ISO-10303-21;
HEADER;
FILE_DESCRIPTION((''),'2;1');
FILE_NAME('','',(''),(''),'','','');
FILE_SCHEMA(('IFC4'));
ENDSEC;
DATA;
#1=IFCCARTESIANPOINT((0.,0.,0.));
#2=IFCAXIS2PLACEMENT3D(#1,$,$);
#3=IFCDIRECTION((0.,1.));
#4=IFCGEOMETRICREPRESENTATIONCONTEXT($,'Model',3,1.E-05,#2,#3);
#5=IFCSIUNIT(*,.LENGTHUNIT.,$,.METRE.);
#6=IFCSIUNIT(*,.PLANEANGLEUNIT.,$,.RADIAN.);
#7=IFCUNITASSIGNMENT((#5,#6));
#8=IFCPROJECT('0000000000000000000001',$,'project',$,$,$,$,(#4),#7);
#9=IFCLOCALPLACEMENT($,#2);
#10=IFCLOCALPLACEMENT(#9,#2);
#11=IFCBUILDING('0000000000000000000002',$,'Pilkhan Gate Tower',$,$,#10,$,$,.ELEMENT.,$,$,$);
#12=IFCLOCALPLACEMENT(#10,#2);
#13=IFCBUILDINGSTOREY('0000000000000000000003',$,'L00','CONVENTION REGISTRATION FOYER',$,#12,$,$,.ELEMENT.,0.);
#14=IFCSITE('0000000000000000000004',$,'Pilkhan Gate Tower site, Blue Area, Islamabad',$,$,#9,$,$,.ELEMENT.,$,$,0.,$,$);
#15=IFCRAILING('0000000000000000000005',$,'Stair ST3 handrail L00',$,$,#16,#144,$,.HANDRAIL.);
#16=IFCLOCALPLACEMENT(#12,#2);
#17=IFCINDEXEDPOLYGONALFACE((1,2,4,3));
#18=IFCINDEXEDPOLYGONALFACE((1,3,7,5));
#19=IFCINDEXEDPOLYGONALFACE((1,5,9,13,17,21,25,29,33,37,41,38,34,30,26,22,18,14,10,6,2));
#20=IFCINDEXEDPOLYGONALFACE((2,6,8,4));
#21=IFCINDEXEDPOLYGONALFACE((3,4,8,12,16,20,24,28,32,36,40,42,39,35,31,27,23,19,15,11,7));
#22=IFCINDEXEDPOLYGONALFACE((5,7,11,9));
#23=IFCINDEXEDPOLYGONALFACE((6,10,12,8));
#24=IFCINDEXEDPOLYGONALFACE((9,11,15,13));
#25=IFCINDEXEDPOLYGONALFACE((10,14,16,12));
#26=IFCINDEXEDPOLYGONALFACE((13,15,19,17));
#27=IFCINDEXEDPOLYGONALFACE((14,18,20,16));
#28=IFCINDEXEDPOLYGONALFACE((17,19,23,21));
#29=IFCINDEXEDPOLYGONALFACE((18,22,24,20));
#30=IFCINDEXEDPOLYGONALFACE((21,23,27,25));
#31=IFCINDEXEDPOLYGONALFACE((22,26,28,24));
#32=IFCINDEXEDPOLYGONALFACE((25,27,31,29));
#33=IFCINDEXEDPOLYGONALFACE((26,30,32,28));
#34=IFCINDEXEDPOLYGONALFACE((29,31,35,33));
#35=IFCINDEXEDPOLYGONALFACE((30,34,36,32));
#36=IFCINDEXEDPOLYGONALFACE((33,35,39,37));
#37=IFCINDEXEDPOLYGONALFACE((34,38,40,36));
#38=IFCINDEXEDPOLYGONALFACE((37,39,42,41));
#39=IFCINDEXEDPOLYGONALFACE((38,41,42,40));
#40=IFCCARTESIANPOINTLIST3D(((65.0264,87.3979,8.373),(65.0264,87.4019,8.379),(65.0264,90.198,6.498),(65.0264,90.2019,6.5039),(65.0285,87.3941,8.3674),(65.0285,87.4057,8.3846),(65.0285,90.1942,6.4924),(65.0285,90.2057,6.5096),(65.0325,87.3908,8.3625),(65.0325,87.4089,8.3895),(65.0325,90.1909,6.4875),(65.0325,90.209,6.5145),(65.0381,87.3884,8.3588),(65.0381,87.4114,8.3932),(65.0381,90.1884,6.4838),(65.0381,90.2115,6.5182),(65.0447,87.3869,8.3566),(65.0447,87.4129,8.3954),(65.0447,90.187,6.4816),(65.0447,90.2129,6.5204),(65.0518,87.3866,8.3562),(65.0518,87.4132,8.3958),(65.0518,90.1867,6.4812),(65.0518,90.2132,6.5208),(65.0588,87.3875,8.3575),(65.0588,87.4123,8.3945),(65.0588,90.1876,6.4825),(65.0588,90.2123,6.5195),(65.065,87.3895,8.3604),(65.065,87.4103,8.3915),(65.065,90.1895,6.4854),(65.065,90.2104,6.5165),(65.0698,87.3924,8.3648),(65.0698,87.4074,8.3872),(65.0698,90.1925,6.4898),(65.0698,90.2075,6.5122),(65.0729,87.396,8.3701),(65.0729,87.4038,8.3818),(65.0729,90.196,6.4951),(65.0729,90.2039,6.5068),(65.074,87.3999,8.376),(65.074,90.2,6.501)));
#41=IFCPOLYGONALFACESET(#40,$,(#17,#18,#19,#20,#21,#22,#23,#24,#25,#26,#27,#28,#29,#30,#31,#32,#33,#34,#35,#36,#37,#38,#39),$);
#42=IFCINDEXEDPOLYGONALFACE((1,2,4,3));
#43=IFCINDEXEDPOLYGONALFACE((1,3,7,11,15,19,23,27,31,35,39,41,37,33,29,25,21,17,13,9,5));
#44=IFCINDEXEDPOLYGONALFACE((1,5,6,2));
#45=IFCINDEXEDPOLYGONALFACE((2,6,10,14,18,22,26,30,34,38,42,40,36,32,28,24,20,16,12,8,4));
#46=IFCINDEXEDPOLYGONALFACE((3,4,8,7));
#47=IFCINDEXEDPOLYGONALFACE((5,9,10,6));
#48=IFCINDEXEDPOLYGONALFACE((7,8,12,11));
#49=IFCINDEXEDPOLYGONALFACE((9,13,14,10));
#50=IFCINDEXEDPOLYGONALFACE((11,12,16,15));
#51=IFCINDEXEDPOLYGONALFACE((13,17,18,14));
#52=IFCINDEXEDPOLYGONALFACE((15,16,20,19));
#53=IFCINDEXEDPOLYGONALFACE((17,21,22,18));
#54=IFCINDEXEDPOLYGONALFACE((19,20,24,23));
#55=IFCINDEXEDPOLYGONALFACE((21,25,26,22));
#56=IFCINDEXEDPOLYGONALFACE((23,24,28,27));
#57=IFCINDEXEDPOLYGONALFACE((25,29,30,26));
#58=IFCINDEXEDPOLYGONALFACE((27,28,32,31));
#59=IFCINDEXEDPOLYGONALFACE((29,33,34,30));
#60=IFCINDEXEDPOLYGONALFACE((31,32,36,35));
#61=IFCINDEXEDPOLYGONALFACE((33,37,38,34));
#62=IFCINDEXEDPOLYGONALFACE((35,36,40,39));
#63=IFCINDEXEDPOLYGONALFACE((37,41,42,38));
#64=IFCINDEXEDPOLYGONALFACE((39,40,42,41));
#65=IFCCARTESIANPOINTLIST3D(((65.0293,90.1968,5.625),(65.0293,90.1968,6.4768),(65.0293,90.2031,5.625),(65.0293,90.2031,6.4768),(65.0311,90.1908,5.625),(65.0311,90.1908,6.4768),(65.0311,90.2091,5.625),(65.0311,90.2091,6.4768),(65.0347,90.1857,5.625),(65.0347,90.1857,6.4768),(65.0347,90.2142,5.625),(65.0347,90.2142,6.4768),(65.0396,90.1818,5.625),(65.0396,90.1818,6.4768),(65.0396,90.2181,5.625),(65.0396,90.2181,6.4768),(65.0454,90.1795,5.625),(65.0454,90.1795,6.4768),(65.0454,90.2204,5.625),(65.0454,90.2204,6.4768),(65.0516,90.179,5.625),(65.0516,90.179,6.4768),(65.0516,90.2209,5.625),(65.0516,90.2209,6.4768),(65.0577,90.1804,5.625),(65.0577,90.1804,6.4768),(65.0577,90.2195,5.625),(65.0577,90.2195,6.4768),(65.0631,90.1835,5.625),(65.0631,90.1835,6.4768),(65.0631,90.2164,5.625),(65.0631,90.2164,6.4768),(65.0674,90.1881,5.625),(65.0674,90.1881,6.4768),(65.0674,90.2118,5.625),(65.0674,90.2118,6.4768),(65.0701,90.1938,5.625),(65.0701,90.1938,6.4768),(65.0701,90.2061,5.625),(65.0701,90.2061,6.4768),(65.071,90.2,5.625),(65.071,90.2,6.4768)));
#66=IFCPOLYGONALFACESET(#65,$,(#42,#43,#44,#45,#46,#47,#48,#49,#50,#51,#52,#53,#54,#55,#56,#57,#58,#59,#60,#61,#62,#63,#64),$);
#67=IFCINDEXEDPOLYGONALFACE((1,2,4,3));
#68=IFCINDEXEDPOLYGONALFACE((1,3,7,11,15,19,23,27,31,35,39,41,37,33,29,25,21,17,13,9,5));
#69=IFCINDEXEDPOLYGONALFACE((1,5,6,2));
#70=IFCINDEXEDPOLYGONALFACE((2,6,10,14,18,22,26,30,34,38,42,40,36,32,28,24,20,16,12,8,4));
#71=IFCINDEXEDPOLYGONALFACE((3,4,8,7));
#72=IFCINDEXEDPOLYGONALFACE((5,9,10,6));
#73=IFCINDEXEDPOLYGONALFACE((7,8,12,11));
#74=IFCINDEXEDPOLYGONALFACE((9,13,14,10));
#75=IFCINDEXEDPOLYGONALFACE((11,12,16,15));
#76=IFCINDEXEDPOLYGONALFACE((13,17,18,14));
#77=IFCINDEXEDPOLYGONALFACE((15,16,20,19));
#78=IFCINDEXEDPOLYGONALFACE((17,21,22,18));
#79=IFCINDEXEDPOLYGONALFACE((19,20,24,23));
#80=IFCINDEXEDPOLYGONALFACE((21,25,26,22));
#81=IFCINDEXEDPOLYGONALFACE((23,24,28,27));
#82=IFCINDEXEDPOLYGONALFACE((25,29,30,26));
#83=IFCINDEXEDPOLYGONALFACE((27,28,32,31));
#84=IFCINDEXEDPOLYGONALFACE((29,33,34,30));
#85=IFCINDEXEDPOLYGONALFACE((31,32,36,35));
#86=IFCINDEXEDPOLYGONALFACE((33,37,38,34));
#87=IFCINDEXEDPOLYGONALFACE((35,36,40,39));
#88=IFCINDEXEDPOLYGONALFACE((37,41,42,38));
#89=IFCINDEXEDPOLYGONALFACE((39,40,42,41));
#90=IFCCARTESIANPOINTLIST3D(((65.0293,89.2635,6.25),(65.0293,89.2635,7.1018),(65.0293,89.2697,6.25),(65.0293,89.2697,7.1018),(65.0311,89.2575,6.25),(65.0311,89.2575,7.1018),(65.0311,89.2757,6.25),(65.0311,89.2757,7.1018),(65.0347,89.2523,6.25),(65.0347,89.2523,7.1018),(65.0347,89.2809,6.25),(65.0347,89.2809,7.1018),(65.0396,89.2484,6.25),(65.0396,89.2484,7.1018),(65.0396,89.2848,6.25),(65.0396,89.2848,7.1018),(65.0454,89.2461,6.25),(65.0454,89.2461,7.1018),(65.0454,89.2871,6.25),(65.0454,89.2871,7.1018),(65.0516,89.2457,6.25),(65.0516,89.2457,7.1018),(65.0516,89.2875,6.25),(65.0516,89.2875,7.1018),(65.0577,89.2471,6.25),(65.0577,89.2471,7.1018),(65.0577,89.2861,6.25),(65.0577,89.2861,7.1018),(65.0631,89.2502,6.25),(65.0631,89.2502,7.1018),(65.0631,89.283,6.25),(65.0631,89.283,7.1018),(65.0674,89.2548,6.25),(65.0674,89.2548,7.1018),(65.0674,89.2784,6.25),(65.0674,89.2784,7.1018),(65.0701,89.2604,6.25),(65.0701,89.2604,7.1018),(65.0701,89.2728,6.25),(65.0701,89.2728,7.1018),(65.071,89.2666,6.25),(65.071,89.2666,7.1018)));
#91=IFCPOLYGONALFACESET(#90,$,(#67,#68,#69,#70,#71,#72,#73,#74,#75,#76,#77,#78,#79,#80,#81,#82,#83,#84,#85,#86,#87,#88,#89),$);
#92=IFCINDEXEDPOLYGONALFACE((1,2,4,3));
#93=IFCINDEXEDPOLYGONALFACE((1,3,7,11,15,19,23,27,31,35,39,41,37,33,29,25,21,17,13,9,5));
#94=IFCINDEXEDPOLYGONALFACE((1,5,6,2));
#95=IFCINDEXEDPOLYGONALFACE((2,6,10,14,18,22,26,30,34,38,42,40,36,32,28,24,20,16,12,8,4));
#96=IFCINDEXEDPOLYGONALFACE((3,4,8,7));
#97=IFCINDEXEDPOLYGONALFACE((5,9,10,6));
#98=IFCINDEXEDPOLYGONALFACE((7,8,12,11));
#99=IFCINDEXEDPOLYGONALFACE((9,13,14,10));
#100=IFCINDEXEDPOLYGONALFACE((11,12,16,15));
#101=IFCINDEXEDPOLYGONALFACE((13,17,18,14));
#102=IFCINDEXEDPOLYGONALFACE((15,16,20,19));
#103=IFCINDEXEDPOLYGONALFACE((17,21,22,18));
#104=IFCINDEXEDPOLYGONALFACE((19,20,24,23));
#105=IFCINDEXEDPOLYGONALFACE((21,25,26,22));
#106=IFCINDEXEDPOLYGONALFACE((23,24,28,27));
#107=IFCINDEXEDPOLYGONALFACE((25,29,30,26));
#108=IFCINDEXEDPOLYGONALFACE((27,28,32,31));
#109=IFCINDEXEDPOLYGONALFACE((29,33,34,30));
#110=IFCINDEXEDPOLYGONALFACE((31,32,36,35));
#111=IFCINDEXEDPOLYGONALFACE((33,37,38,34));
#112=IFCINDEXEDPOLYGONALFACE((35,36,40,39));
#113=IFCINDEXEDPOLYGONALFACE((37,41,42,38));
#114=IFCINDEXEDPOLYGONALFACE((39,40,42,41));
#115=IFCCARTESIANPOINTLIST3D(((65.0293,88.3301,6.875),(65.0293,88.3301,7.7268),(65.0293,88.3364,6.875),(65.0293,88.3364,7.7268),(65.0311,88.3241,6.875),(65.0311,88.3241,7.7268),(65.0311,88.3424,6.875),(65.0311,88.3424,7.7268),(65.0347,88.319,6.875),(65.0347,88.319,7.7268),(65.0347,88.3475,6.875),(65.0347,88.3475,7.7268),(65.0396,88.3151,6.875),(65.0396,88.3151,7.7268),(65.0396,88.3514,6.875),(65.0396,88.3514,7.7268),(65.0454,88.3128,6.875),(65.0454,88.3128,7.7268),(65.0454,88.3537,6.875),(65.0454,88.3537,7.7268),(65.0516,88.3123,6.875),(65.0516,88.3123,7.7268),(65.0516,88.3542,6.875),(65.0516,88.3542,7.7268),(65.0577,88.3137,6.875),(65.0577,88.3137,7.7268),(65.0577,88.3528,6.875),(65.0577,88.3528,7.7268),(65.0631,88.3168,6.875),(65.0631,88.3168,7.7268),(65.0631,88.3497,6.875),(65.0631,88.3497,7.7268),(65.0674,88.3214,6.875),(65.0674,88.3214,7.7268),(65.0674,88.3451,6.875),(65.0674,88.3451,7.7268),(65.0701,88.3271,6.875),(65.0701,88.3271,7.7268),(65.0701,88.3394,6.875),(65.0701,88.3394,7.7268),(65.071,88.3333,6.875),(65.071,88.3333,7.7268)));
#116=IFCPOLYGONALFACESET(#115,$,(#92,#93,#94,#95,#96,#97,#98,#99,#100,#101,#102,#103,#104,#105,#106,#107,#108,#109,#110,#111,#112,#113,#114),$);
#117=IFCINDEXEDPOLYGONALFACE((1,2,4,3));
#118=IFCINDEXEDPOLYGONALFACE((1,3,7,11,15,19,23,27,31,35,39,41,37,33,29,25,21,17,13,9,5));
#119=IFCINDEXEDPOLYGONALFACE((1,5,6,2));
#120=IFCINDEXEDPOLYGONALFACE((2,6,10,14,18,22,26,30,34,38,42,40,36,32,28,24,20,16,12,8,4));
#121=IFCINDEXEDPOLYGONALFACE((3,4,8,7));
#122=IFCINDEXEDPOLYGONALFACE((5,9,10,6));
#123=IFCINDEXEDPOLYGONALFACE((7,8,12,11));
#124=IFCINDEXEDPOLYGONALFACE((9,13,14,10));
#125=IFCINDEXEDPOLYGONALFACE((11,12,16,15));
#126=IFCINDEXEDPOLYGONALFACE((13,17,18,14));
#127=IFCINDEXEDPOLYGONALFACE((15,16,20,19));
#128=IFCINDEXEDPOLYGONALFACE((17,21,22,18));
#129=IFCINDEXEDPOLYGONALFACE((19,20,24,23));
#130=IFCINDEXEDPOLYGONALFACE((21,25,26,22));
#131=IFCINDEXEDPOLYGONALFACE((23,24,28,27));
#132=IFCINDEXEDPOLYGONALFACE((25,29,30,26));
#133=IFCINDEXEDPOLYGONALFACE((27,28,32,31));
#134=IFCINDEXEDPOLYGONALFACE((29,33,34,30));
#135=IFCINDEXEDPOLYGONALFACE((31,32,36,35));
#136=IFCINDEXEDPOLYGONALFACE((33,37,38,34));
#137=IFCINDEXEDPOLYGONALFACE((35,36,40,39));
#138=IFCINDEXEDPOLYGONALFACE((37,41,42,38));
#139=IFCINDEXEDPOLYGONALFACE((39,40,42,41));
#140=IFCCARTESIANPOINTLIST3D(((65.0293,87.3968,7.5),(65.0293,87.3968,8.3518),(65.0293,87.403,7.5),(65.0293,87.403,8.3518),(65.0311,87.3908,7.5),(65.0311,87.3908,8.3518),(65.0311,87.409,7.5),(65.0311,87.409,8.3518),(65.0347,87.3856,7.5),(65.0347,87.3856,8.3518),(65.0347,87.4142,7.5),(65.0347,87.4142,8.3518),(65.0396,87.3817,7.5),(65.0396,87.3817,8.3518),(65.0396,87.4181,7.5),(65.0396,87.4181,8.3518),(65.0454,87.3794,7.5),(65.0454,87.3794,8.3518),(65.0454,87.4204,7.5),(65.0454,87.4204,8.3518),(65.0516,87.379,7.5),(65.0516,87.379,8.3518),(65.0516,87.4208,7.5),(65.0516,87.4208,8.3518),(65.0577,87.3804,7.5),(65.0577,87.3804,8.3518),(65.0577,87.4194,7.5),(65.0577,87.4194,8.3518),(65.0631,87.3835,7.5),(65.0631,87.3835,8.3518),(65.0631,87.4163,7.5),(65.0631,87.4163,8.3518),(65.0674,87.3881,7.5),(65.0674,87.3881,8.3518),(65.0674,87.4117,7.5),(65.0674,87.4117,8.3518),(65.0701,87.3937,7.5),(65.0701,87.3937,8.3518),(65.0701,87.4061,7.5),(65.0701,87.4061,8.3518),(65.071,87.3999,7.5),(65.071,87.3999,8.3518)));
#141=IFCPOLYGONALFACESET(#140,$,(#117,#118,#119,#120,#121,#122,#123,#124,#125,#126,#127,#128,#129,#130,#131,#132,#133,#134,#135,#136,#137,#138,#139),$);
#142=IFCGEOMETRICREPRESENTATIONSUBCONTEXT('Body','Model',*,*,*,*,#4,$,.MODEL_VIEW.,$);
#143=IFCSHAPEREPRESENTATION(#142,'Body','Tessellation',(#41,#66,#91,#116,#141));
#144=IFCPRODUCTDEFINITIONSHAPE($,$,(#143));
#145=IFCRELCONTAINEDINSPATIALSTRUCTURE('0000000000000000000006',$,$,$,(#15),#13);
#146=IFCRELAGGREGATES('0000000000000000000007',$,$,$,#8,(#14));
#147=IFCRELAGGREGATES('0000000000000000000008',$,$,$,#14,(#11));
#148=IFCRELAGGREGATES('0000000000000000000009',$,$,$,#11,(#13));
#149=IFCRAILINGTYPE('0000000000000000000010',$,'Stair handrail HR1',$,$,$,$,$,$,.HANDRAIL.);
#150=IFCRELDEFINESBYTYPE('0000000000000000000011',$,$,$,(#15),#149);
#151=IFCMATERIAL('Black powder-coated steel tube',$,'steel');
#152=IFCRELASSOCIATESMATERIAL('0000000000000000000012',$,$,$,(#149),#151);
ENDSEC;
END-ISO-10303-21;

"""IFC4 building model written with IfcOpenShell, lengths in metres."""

from ifc_helpers import new_model, si_unit, direction, frame, origin, origin_2d, place, context, subcontext, project, spatial, circle, extrude, material, type_object, element, save


model = new_model("IFC4")

# Units and contexts
model_context = context("Model", 3, precision=1e-05, world=origin(), true_north=direction((0.0, 1.0)))
body_context = subcontext(model_context, "Body", "Model", "MODEL_VIEW")
ifc_project = project(units=[si_unit("LENGTHUNIT", "METRE"), si_unit("PLANEANGLEUNIT", "RADIAN")], contexts=[model_context])

# Site, building, storey
site_placement = place(None, origin())
site = spatial("IfcSite", under=ifc_project, at=site_placement, Name="Pilkhan Gate Tower site, Blue Area, Islamabad", CompositionType="ELEMENT", RefElevation=0.0)
building_placement = place(site_placement, origin())
building = spatial("IfcBuilding", under=site, at=building_placement, Name="Pilkhan Gate Tower", CompositionType="ELEMENT")
storey_placement = place(building_placement, origin())
storey = spatial("IfcBuildingStorey", under=building, at=storey_placement, Name="L00", Description="CONVENTION REGISTRATION FOYER", CompositionType="ELEMENT", Elevation=0.0)

# Railing
ifc_material_1 = material(Name="Black powder-coated steel tube", Category="steel")
railing_type_1 = type_object("IfcRailingType", Name="Stair handrail HR1", PredefinedType="HANDRAIL", material=ifc_material_1)
for number, where, name in (
    (1, (65.05, 90.2, 5.625), "Stair ST3 handrail L00"),
):
    element("IfcRailing", number, at=place(storey_placement, frame(where)), inside=storey, type_object=railing_type_1, Name=name, PredefinedType="HANDRAIL", context=body_context, shape_type="SweptSolid", body=[
        extrude(circle(Radius=0.0239, at=origin_2d()), frame((0.0, 0.0, 0.876), z_axis=(0.0, -0.830912, 0.556404), x_axis=(1.0, 0.0, 0.0)), (0.0, 0.0, 1.0), 3.3699),
        extrude(circle(Radius=0.021, at=origin_2d()), origin(), (0.0, 0.0, 1.0), 0.8518),
        extrude(circle(Radius=0.021, at=origin_2d()), frame((0.0, -0.9333, 0.625)), (0.0, 0.0, 1.0), 0.8518),
        extrude(circle(Radius=0.021, at=origin_2d()), frame((0.0, -1.8667, 1.25)), (0.0, 0.0, 1.0), 0.8518),
        extrude(circle(Radius=0.021, at=origin_2d()), frame((0.0, -2.8, 1.875)), (0.0, 0.0, 1.0), 0.8518),
    ])

save(model, "model.ifc")
